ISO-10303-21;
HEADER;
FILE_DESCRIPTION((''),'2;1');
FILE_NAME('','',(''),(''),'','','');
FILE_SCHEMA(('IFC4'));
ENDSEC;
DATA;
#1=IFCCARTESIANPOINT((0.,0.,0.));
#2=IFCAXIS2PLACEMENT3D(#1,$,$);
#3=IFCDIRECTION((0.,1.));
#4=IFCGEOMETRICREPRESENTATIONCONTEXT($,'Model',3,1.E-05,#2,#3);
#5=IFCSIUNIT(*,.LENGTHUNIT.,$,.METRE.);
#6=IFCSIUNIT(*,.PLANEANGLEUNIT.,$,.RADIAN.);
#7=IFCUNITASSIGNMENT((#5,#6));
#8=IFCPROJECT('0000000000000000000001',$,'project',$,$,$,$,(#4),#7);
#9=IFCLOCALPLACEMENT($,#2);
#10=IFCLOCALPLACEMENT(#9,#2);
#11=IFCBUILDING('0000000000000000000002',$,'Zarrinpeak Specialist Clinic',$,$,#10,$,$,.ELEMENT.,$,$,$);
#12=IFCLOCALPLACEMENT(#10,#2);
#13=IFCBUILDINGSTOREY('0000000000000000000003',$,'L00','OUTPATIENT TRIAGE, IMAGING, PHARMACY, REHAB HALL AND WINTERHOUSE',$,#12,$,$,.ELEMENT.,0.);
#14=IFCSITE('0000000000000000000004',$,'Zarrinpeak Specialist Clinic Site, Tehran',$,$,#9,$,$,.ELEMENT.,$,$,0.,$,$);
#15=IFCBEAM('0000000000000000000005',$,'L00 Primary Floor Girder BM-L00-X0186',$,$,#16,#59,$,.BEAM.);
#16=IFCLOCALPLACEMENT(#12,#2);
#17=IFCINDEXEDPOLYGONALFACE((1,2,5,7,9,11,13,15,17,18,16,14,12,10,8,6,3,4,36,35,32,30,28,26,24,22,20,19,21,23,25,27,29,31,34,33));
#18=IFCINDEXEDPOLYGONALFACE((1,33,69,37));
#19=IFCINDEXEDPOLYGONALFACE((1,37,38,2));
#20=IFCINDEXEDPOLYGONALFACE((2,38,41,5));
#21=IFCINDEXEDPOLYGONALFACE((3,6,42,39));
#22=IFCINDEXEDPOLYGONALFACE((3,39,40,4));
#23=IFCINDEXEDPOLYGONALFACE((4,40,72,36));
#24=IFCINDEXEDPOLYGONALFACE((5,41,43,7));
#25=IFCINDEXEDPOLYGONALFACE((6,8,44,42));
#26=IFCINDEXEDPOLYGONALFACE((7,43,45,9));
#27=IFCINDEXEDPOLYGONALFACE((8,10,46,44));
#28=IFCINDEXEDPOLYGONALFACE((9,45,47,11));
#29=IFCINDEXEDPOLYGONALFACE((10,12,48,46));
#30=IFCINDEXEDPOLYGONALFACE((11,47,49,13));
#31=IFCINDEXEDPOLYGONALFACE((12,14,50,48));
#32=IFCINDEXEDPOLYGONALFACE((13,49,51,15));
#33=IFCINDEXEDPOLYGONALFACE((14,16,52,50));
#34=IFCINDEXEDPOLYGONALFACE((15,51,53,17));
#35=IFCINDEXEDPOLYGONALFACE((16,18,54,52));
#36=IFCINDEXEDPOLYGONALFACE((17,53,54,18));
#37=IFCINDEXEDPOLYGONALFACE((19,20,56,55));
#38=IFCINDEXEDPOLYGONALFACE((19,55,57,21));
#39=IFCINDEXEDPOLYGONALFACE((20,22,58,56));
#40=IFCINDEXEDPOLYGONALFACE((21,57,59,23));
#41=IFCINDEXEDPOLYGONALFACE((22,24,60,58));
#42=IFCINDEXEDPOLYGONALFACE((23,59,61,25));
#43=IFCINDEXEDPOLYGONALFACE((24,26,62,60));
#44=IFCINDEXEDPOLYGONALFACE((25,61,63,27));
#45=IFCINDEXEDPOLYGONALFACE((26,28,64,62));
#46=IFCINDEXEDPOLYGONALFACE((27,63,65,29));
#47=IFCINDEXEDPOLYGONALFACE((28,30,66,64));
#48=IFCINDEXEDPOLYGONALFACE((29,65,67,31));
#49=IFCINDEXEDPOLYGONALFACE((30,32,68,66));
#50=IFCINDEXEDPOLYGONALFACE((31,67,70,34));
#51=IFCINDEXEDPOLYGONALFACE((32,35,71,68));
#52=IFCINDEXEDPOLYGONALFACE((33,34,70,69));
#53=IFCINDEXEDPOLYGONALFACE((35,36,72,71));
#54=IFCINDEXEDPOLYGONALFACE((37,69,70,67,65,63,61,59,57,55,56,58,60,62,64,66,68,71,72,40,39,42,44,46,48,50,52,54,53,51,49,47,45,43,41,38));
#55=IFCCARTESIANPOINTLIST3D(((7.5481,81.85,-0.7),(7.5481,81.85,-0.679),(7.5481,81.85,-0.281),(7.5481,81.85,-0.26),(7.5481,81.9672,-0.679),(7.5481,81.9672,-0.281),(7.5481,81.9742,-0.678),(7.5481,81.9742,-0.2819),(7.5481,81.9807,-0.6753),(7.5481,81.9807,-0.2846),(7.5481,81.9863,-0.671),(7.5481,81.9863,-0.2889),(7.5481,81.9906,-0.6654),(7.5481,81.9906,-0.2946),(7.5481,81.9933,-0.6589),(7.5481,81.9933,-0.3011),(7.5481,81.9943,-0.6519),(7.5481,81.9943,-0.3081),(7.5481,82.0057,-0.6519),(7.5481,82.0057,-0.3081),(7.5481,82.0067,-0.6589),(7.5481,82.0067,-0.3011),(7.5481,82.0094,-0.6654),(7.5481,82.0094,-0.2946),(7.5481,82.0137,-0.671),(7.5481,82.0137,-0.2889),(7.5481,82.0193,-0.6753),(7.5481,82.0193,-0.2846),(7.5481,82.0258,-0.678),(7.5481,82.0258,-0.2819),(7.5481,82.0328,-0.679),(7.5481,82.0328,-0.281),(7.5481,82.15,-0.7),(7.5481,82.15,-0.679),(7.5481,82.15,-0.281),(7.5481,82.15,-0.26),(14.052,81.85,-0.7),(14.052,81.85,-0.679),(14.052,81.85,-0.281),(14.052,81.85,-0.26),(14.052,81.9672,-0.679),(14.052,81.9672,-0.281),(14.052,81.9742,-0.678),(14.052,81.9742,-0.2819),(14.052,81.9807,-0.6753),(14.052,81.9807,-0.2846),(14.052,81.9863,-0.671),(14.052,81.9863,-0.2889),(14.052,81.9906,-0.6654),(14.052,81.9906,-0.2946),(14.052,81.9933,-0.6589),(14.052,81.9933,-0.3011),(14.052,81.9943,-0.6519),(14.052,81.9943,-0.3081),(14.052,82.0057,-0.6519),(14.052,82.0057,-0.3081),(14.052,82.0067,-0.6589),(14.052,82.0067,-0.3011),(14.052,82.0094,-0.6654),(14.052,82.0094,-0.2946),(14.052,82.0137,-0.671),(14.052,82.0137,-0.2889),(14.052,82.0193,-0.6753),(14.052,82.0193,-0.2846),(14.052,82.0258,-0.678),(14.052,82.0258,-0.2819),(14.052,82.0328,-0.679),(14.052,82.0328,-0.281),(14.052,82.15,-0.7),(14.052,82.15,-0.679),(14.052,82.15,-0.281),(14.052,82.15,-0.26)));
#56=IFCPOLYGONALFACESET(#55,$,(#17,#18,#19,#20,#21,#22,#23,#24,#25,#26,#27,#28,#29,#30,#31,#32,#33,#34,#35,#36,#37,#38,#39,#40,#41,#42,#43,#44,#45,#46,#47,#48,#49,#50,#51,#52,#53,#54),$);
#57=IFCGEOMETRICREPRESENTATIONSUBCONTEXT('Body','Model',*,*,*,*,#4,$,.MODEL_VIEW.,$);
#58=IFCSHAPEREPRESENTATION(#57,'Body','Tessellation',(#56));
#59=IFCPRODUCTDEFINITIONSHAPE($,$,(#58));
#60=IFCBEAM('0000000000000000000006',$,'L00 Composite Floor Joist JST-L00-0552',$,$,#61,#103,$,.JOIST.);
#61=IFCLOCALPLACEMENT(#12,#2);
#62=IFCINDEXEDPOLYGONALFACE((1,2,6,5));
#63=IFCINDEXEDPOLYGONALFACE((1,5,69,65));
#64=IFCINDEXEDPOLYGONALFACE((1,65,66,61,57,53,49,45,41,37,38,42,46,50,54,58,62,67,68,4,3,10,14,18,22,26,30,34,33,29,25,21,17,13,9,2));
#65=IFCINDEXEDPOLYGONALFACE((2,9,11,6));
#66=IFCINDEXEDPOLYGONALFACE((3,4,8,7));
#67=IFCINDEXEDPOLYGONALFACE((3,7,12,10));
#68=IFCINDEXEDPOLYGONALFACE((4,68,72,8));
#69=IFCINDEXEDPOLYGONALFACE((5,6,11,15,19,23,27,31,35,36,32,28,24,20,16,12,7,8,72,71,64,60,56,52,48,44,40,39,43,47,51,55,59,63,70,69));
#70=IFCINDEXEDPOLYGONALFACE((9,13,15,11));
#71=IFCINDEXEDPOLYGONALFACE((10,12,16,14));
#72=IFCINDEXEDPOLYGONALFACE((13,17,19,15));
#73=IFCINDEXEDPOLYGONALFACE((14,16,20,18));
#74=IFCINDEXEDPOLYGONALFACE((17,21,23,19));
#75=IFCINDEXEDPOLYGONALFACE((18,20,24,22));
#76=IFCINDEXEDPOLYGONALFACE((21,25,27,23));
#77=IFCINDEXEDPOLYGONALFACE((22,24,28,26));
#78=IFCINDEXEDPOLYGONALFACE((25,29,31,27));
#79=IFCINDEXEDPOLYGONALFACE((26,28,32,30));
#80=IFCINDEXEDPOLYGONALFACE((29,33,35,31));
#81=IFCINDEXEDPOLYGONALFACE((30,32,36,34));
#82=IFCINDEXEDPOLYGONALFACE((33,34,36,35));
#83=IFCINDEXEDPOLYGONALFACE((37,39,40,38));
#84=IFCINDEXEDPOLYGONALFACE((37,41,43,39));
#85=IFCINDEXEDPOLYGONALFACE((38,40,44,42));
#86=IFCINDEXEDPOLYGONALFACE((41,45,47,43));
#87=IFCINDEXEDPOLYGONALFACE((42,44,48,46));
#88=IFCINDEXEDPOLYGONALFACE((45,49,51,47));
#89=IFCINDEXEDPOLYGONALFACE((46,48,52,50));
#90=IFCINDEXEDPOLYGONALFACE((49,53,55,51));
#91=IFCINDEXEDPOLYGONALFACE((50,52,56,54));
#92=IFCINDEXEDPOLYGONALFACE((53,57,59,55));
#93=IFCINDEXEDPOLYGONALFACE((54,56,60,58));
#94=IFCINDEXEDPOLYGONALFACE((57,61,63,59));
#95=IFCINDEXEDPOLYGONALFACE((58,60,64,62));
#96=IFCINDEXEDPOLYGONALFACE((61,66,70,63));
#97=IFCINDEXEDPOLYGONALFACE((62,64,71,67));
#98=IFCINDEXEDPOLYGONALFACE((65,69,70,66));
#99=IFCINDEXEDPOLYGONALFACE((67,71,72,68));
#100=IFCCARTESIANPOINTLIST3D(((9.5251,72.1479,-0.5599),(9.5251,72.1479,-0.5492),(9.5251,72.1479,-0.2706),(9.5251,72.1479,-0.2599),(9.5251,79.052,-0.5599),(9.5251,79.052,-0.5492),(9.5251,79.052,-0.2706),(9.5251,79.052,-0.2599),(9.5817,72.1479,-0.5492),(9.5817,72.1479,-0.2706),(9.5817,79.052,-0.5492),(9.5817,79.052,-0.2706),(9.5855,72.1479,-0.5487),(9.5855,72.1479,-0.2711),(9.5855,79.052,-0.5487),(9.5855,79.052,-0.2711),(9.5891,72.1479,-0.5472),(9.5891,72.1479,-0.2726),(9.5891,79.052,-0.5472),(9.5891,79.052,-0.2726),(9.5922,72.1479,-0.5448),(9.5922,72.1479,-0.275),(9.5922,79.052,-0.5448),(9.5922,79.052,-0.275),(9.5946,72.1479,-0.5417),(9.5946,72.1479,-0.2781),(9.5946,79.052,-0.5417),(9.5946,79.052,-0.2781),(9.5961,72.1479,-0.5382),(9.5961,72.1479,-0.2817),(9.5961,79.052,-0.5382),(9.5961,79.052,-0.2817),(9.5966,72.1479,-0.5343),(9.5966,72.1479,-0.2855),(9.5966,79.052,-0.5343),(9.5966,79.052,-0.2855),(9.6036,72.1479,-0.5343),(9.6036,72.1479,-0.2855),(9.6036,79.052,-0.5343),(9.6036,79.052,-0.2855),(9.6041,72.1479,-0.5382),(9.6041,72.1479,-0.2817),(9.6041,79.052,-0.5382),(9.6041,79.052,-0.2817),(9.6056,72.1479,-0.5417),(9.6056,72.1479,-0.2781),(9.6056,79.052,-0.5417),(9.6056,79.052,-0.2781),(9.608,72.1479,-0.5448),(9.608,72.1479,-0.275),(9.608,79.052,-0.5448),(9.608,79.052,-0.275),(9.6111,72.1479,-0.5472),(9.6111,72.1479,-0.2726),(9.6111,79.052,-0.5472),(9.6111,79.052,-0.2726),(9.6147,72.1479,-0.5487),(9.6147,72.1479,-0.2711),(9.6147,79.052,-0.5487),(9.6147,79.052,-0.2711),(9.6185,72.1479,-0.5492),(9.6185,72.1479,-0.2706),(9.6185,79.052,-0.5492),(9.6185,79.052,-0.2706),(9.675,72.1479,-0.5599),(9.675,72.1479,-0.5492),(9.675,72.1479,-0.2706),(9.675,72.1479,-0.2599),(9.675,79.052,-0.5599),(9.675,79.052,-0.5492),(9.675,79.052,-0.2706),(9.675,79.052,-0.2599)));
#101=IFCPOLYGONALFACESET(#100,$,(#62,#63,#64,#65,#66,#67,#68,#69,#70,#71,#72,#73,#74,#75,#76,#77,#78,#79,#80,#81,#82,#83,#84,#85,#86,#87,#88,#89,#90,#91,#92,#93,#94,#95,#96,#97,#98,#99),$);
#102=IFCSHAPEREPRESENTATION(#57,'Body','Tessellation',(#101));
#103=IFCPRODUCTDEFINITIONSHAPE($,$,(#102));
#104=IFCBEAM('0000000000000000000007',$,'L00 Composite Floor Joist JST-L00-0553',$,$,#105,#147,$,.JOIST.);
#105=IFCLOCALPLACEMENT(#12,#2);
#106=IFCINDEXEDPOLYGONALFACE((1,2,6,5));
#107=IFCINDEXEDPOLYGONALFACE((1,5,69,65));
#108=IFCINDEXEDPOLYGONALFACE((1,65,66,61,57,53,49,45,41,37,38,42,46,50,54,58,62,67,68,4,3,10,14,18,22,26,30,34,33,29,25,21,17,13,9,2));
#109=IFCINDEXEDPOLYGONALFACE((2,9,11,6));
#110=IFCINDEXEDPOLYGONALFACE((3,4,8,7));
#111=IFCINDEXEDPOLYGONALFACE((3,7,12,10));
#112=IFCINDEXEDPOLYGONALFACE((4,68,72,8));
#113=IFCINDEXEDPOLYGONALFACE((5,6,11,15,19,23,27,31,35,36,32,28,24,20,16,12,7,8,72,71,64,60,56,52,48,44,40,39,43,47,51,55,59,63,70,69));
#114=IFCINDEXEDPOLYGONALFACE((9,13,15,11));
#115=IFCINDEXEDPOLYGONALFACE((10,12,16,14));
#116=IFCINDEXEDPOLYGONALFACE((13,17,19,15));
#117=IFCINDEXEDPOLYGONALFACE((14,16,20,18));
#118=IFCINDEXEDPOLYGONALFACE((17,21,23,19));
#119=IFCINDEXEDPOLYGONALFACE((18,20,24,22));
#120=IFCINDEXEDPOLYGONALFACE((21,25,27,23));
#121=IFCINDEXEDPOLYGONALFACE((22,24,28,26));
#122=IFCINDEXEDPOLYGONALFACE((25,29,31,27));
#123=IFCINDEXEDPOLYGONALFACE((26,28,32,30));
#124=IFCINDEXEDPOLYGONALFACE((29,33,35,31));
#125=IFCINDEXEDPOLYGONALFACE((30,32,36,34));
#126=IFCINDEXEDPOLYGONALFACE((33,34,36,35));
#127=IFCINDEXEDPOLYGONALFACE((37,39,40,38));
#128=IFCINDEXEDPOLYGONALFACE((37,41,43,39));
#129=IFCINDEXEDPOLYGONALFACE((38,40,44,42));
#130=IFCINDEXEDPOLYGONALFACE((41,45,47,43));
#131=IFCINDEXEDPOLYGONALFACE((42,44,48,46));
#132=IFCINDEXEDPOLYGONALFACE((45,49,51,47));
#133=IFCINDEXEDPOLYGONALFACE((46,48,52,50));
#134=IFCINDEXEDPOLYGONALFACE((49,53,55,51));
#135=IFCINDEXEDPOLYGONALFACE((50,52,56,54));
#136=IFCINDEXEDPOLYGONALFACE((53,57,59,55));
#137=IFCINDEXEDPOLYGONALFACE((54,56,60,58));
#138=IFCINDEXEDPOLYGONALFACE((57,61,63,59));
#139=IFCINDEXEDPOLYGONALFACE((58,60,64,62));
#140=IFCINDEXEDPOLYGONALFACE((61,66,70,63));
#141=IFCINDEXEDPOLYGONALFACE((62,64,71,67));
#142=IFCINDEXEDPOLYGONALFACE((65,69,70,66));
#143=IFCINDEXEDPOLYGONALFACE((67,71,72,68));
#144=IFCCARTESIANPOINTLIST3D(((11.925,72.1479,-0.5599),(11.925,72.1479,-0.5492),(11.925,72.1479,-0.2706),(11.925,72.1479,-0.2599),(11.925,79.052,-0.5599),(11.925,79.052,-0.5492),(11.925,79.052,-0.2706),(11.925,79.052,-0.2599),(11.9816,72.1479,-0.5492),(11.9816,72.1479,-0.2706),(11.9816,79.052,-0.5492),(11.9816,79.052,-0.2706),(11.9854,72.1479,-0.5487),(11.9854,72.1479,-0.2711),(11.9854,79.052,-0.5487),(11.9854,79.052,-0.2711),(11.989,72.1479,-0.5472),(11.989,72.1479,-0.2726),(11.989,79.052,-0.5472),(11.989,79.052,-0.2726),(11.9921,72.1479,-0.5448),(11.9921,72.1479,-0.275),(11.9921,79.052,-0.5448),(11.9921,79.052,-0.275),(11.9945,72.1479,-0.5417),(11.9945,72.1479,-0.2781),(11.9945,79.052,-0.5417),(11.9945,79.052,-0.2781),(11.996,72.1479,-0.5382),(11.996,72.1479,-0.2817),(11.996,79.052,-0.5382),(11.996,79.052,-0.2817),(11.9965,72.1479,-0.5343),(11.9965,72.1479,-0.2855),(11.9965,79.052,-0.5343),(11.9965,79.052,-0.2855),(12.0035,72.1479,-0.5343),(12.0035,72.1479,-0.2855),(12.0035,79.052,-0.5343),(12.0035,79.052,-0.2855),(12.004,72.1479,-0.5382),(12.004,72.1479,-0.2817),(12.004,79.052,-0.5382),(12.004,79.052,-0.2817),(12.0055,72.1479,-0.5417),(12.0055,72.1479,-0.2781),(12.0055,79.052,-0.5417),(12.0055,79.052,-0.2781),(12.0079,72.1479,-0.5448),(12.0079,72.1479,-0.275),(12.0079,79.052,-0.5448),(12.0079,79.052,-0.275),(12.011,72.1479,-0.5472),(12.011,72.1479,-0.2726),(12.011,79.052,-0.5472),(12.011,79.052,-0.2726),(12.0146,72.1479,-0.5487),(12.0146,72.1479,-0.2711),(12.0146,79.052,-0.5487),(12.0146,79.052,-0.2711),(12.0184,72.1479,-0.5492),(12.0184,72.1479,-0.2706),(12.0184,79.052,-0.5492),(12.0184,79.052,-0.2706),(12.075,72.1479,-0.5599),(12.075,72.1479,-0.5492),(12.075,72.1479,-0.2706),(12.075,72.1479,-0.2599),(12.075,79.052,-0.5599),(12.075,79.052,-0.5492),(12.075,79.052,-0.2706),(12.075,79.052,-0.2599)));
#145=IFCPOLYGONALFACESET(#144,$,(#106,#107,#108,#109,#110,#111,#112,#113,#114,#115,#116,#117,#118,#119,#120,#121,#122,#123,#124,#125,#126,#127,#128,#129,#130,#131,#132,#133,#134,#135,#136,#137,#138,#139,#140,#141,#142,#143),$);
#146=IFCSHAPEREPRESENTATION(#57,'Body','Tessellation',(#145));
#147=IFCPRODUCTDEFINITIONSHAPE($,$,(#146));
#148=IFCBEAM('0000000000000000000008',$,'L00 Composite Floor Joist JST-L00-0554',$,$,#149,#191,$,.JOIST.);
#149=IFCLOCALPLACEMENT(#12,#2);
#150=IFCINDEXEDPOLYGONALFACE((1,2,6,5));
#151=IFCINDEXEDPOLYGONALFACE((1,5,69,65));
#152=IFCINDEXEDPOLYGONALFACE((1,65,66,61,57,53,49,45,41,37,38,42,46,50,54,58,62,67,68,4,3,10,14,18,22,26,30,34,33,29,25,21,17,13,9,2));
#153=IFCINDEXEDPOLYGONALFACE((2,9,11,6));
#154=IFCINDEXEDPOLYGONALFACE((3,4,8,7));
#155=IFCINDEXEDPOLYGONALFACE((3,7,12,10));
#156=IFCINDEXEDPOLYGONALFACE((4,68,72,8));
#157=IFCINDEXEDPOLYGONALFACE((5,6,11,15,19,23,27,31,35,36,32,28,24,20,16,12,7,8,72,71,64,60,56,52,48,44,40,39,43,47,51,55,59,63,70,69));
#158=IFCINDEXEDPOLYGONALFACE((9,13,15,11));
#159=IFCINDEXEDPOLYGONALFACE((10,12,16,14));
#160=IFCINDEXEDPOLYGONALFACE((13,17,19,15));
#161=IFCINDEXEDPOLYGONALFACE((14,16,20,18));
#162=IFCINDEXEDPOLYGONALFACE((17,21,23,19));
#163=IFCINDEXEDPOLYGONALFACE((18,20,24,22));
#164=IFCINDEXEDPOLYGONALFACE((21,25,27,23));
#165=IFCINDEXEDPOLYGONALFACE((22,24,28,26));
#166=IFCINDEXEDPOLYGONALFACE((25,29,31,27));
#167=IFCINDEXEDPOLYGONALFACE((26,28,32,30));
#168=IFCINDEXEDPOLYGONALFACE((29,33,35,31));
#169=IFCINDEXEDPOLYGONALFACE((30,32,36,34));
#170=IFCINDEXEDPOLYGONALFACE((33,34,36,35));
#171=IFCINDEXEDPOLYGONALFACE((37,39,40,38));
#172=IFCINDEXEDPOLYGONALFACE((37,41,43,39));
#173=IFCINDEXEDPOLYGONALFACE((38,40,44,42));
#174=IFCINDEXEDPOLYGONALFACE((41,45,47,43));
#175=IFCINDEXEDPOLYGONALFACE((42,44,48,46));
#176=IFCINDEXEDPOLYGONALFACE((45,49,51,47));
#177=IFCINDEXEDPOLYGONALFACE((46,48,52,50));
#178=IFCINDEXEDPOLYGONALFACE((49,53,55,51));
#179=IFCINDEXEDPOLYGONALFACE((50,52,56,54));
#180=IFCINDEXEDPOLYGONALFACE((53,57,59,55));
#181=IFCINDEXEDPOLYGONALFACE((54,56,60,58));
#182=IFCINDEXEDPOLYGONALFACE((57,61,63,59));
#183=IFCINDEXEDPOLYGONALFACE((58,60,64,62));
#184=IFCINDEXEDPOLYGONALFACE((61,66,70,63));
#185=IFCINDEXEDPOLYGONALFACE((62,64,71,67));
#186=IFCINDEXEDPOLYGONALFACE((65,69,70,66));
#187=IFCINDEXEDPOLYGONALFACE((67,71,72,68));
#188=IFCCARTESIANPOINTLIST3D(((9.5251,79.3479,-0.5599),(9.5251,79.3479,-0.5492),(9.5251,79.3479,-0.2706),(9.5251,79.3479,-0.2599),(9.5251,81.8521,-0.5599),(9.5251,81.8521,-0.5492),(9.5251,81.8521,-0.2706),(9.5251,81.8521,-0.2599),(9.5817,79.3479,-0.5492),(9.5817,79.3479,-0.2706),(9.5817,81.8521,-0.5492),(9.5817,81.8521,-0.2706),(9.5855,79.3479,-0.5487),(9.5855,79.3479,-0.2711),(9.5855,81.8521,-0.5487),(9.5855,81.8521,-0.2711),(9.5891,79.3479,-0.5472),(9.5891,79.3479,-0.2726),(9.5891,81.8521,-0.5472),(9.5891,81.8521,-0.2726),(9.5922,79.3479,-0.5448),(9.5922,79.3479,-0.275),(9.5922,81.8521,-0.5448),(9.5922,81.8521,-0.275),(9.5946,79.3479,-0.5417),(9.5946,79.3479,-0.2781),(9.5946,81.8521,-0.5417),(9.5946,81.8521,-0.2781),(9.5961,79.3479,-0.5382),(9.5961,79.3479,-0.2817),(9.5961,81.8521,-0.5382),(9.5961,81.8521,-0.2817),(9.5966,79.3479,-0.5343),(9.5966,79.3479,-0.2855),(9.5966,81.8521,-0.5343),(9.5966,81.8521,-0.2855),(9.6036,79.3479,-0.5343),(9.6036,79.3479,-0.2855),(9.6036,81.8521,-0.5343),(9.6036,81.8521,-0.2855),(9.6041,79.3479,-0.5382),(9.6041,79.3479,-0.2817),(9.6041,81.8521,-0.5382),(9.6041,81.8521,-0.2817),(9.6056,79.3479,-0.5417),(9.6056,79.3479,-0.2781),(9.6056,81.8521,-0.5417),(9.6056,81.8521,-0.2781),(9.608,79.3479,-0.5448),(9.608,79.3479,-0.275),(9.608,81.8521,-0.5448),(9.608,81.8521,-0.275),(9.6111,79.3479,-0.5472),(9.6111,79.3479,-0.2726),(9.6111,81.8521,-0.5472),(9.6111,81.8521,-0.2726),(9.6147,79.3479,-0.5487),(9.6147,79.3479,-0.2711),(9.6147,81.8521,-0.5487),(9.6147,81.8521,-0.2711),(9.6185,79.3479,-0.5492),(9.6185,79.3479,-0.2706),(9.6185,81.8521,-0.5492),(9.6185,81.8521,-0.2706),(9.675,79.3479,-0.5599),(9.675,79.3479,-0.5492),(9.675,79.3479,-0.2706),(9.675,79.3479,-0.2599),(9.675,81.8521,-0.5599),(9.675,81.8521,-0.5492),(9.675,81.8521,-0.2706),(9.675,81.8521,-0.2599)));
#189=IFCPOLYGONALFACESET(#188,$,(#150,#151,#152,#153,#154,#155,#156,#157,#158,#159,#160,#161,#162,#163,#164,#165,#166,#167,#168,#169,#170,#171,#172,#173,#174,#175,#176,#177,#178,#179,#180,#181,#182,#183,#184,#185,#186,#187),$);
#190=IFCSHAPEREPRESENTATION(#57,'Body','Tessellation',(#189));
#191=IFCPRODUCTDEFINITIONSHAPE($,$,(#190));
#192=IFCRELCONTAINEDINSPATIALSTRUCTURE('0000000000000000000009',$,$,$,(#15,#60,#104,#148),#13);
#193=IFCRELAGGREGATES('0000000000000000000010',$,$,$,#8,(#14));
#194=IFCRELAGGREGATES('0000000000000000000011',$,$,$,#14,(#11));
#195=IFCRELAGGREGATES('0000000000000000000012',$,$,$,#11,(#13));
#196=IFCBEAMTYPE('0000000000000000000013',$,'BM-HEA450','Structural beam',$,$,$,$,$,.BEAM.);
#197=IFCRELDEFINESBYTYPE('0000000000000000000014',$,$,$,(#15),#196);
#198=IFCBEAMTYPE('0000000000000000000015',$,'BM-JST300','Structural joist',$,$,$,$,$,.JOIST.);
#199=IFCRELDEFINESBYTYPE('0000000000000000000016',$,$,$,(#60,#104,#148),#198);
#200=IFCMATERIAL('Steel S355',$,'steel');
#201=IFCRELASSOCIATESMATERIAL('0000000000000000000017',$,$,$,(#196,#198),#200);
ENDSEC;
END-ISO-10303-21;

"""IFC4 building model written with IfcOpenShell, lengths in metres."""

from ifc_helpers import new_model, si_unit, direction, frame, origin, origin_2d, place, context, subcontext, project, spatial, i_section, extrude, material, material_profile, profile_set, type_object, element, save


model = new_model("IFC4")

# Units and contexts
model_context = context("Model", 3, precision=1e-05, world=origin(), true_north=direction((0.0, 1.0)))
body_context = subcontext(model_context, "Body", "Model", "MODEL_VIEW")
ifc_project = project(units=[si_unit("LENGTHUNIT", "METRE"), si_unit("PLANEANGLEUNIT", "RADIAN")], contexts=[model_context])

# Site, building, storey
site_placement = place(None, origin())
site = spatial("IfcSite", under=ifc_project, at=site_placement, Name="Zarrinpeak Specialist Clinic Site, Tehran", CompositionType="ELEMENT", RefElevation=0.0)
building_placement = place(site_placement, origin())
building = spatial("IfcBuilding", under=site, at=building_placement, Name="Zarrinpeak Specialist Clinic", CompositionType="ELEMENT")
storey_placement = place(building_placement, origin())
storey = spatial("IfcBuildingStorey", under=building, at=storey_placement, Name="L00", Description="OUTPATIENT TRIAGE, IMAGING, PHARMACY, REHAB HALL AND WINTERHOUSE", CompositionType="ELEMENT", Elevation=0.0)

# Shared definitions
ifc_material_1 = material(Name="Steel S355", Category="steel")

# Beams
ifc_material_profile_1 = material_profile(ifc_material_1, i_section(OverallWidth=0.3, OverallDepth=0.4399, WebThickness=0.0115, FlangeThickness=0.021, FilletRadius=0.0271, at=origin_2d()), Name="HEA 450")
ifc_profile_set_1 = profile_set([ifc_material_profile_1], Name="Steel S355")
beam_type_1 = type_object("IfcBeamType", Name="BM-HEA450", Description="Structural beam", PredefinedType="BEAM", material=ifc_profile_set_1)
for number, where, z_axis, x_axis, name in (
    (1, (7.5481, 82.0, -0.48), (1.0, 0.0, 0.0), (0.0, 1.0, 0.0), "L00 Primary Floor Girder BM-L00-X0186"),
):
    element("IfcBeam", number, at=place(storey_placement, frame(where, z_axis=z_axis, x_axis=x_axis)), inside=storey, type_object=beam_type_1, Name=name, PredefinedType="BEAM", context=body_context, shape_type="SweptSolid", body=[
        extrude(i_section(OverallWidth=0.3, OverallDepth=0.4399, WebThickness=0.0115, FlangeThickness=0.021, FilletRadius=0.0271, at=origin_2d()), origin(), (0.0, 0.0, 1.0), 6.5039),
    ])
ifc_material_profile_2 = material_profile(ifc_material_1, i_section(OverallWidth=0.1499, OverallDepth=0.3, WebThickness=0.0071, FlangeThickness=0.0107, FilletRadius=0.0149, at=origin_2d()), Name="IPE 300")
ifc_profile_set_2 = profile_set([ifc_material_profile_2], Name="Steel S355")
beam_type_2 = type_object("IfcBeamType", Name="BM-JST300", Description="Structural joist", PredefinedType="JOIST", material=ifc_profile_set_2)
for number, where, z_axis, x_axis, name in (
    (2, (9.6001, 72.1479, -0.4099), (0.0, 1.0, 0.0), (-1.0, 0.0, 0.0), "L00 Composite Floor Joist JST-L00-0552"),
    (3, (12.0, 72.1479, -0.4099), (0.0, 1.0, 0.0), (-1.0, 0.0, 0.0), "L00 Composite Floor Joist JST-L00-0553"),
):
    element("IfcBeam", number, at=place(storey_placement, frame(where, z_axis=z_axis, x_axis=x_axis)), inside=storey, type_object=beam_type_2, Name=name, PredefinedType="JOIST", context=body_context, shape_type="SweptSolid", body=[
        extrude(i_section(OverallWidth=0.1499, OverallDepth=0.3, WebThickness=0.0071, FlangeThickness=0.0107, FilletRadius=0.0149, at=origin_2d()), origin(), (0.0, 0.0, 1.0), 6.9041),
    ])
for number, where, z_axis, x_axis, name in (
    (4, (9.6001, 79.3479, -0.4099), (0.0, 1.0, 0.0), (-1.0, 0.0, 0.0), "L00 Composite Floor Joist JST-L00-0554"),
):
    element("IfcBeam", number, at=place(storey_placement, frame(where, z_axis=z_axis, x_axis=x_axis)), inside=storey, type_object=beam_type_2, Name=name, PredefinedType="JOIST", context=body_context, shape_type="SweptSolid", body=[
        extrude(i_section(OverallWidth=0.1499, OverallDepth=0.3, WebThickness=0.0071, FlangeThickness=0.0107, FilletRadius=0.0149, at=origin_2d()), origin(), (0.0, 0.0, 1.0), 2.5042),
    ])

save(model, "model.ifc")
